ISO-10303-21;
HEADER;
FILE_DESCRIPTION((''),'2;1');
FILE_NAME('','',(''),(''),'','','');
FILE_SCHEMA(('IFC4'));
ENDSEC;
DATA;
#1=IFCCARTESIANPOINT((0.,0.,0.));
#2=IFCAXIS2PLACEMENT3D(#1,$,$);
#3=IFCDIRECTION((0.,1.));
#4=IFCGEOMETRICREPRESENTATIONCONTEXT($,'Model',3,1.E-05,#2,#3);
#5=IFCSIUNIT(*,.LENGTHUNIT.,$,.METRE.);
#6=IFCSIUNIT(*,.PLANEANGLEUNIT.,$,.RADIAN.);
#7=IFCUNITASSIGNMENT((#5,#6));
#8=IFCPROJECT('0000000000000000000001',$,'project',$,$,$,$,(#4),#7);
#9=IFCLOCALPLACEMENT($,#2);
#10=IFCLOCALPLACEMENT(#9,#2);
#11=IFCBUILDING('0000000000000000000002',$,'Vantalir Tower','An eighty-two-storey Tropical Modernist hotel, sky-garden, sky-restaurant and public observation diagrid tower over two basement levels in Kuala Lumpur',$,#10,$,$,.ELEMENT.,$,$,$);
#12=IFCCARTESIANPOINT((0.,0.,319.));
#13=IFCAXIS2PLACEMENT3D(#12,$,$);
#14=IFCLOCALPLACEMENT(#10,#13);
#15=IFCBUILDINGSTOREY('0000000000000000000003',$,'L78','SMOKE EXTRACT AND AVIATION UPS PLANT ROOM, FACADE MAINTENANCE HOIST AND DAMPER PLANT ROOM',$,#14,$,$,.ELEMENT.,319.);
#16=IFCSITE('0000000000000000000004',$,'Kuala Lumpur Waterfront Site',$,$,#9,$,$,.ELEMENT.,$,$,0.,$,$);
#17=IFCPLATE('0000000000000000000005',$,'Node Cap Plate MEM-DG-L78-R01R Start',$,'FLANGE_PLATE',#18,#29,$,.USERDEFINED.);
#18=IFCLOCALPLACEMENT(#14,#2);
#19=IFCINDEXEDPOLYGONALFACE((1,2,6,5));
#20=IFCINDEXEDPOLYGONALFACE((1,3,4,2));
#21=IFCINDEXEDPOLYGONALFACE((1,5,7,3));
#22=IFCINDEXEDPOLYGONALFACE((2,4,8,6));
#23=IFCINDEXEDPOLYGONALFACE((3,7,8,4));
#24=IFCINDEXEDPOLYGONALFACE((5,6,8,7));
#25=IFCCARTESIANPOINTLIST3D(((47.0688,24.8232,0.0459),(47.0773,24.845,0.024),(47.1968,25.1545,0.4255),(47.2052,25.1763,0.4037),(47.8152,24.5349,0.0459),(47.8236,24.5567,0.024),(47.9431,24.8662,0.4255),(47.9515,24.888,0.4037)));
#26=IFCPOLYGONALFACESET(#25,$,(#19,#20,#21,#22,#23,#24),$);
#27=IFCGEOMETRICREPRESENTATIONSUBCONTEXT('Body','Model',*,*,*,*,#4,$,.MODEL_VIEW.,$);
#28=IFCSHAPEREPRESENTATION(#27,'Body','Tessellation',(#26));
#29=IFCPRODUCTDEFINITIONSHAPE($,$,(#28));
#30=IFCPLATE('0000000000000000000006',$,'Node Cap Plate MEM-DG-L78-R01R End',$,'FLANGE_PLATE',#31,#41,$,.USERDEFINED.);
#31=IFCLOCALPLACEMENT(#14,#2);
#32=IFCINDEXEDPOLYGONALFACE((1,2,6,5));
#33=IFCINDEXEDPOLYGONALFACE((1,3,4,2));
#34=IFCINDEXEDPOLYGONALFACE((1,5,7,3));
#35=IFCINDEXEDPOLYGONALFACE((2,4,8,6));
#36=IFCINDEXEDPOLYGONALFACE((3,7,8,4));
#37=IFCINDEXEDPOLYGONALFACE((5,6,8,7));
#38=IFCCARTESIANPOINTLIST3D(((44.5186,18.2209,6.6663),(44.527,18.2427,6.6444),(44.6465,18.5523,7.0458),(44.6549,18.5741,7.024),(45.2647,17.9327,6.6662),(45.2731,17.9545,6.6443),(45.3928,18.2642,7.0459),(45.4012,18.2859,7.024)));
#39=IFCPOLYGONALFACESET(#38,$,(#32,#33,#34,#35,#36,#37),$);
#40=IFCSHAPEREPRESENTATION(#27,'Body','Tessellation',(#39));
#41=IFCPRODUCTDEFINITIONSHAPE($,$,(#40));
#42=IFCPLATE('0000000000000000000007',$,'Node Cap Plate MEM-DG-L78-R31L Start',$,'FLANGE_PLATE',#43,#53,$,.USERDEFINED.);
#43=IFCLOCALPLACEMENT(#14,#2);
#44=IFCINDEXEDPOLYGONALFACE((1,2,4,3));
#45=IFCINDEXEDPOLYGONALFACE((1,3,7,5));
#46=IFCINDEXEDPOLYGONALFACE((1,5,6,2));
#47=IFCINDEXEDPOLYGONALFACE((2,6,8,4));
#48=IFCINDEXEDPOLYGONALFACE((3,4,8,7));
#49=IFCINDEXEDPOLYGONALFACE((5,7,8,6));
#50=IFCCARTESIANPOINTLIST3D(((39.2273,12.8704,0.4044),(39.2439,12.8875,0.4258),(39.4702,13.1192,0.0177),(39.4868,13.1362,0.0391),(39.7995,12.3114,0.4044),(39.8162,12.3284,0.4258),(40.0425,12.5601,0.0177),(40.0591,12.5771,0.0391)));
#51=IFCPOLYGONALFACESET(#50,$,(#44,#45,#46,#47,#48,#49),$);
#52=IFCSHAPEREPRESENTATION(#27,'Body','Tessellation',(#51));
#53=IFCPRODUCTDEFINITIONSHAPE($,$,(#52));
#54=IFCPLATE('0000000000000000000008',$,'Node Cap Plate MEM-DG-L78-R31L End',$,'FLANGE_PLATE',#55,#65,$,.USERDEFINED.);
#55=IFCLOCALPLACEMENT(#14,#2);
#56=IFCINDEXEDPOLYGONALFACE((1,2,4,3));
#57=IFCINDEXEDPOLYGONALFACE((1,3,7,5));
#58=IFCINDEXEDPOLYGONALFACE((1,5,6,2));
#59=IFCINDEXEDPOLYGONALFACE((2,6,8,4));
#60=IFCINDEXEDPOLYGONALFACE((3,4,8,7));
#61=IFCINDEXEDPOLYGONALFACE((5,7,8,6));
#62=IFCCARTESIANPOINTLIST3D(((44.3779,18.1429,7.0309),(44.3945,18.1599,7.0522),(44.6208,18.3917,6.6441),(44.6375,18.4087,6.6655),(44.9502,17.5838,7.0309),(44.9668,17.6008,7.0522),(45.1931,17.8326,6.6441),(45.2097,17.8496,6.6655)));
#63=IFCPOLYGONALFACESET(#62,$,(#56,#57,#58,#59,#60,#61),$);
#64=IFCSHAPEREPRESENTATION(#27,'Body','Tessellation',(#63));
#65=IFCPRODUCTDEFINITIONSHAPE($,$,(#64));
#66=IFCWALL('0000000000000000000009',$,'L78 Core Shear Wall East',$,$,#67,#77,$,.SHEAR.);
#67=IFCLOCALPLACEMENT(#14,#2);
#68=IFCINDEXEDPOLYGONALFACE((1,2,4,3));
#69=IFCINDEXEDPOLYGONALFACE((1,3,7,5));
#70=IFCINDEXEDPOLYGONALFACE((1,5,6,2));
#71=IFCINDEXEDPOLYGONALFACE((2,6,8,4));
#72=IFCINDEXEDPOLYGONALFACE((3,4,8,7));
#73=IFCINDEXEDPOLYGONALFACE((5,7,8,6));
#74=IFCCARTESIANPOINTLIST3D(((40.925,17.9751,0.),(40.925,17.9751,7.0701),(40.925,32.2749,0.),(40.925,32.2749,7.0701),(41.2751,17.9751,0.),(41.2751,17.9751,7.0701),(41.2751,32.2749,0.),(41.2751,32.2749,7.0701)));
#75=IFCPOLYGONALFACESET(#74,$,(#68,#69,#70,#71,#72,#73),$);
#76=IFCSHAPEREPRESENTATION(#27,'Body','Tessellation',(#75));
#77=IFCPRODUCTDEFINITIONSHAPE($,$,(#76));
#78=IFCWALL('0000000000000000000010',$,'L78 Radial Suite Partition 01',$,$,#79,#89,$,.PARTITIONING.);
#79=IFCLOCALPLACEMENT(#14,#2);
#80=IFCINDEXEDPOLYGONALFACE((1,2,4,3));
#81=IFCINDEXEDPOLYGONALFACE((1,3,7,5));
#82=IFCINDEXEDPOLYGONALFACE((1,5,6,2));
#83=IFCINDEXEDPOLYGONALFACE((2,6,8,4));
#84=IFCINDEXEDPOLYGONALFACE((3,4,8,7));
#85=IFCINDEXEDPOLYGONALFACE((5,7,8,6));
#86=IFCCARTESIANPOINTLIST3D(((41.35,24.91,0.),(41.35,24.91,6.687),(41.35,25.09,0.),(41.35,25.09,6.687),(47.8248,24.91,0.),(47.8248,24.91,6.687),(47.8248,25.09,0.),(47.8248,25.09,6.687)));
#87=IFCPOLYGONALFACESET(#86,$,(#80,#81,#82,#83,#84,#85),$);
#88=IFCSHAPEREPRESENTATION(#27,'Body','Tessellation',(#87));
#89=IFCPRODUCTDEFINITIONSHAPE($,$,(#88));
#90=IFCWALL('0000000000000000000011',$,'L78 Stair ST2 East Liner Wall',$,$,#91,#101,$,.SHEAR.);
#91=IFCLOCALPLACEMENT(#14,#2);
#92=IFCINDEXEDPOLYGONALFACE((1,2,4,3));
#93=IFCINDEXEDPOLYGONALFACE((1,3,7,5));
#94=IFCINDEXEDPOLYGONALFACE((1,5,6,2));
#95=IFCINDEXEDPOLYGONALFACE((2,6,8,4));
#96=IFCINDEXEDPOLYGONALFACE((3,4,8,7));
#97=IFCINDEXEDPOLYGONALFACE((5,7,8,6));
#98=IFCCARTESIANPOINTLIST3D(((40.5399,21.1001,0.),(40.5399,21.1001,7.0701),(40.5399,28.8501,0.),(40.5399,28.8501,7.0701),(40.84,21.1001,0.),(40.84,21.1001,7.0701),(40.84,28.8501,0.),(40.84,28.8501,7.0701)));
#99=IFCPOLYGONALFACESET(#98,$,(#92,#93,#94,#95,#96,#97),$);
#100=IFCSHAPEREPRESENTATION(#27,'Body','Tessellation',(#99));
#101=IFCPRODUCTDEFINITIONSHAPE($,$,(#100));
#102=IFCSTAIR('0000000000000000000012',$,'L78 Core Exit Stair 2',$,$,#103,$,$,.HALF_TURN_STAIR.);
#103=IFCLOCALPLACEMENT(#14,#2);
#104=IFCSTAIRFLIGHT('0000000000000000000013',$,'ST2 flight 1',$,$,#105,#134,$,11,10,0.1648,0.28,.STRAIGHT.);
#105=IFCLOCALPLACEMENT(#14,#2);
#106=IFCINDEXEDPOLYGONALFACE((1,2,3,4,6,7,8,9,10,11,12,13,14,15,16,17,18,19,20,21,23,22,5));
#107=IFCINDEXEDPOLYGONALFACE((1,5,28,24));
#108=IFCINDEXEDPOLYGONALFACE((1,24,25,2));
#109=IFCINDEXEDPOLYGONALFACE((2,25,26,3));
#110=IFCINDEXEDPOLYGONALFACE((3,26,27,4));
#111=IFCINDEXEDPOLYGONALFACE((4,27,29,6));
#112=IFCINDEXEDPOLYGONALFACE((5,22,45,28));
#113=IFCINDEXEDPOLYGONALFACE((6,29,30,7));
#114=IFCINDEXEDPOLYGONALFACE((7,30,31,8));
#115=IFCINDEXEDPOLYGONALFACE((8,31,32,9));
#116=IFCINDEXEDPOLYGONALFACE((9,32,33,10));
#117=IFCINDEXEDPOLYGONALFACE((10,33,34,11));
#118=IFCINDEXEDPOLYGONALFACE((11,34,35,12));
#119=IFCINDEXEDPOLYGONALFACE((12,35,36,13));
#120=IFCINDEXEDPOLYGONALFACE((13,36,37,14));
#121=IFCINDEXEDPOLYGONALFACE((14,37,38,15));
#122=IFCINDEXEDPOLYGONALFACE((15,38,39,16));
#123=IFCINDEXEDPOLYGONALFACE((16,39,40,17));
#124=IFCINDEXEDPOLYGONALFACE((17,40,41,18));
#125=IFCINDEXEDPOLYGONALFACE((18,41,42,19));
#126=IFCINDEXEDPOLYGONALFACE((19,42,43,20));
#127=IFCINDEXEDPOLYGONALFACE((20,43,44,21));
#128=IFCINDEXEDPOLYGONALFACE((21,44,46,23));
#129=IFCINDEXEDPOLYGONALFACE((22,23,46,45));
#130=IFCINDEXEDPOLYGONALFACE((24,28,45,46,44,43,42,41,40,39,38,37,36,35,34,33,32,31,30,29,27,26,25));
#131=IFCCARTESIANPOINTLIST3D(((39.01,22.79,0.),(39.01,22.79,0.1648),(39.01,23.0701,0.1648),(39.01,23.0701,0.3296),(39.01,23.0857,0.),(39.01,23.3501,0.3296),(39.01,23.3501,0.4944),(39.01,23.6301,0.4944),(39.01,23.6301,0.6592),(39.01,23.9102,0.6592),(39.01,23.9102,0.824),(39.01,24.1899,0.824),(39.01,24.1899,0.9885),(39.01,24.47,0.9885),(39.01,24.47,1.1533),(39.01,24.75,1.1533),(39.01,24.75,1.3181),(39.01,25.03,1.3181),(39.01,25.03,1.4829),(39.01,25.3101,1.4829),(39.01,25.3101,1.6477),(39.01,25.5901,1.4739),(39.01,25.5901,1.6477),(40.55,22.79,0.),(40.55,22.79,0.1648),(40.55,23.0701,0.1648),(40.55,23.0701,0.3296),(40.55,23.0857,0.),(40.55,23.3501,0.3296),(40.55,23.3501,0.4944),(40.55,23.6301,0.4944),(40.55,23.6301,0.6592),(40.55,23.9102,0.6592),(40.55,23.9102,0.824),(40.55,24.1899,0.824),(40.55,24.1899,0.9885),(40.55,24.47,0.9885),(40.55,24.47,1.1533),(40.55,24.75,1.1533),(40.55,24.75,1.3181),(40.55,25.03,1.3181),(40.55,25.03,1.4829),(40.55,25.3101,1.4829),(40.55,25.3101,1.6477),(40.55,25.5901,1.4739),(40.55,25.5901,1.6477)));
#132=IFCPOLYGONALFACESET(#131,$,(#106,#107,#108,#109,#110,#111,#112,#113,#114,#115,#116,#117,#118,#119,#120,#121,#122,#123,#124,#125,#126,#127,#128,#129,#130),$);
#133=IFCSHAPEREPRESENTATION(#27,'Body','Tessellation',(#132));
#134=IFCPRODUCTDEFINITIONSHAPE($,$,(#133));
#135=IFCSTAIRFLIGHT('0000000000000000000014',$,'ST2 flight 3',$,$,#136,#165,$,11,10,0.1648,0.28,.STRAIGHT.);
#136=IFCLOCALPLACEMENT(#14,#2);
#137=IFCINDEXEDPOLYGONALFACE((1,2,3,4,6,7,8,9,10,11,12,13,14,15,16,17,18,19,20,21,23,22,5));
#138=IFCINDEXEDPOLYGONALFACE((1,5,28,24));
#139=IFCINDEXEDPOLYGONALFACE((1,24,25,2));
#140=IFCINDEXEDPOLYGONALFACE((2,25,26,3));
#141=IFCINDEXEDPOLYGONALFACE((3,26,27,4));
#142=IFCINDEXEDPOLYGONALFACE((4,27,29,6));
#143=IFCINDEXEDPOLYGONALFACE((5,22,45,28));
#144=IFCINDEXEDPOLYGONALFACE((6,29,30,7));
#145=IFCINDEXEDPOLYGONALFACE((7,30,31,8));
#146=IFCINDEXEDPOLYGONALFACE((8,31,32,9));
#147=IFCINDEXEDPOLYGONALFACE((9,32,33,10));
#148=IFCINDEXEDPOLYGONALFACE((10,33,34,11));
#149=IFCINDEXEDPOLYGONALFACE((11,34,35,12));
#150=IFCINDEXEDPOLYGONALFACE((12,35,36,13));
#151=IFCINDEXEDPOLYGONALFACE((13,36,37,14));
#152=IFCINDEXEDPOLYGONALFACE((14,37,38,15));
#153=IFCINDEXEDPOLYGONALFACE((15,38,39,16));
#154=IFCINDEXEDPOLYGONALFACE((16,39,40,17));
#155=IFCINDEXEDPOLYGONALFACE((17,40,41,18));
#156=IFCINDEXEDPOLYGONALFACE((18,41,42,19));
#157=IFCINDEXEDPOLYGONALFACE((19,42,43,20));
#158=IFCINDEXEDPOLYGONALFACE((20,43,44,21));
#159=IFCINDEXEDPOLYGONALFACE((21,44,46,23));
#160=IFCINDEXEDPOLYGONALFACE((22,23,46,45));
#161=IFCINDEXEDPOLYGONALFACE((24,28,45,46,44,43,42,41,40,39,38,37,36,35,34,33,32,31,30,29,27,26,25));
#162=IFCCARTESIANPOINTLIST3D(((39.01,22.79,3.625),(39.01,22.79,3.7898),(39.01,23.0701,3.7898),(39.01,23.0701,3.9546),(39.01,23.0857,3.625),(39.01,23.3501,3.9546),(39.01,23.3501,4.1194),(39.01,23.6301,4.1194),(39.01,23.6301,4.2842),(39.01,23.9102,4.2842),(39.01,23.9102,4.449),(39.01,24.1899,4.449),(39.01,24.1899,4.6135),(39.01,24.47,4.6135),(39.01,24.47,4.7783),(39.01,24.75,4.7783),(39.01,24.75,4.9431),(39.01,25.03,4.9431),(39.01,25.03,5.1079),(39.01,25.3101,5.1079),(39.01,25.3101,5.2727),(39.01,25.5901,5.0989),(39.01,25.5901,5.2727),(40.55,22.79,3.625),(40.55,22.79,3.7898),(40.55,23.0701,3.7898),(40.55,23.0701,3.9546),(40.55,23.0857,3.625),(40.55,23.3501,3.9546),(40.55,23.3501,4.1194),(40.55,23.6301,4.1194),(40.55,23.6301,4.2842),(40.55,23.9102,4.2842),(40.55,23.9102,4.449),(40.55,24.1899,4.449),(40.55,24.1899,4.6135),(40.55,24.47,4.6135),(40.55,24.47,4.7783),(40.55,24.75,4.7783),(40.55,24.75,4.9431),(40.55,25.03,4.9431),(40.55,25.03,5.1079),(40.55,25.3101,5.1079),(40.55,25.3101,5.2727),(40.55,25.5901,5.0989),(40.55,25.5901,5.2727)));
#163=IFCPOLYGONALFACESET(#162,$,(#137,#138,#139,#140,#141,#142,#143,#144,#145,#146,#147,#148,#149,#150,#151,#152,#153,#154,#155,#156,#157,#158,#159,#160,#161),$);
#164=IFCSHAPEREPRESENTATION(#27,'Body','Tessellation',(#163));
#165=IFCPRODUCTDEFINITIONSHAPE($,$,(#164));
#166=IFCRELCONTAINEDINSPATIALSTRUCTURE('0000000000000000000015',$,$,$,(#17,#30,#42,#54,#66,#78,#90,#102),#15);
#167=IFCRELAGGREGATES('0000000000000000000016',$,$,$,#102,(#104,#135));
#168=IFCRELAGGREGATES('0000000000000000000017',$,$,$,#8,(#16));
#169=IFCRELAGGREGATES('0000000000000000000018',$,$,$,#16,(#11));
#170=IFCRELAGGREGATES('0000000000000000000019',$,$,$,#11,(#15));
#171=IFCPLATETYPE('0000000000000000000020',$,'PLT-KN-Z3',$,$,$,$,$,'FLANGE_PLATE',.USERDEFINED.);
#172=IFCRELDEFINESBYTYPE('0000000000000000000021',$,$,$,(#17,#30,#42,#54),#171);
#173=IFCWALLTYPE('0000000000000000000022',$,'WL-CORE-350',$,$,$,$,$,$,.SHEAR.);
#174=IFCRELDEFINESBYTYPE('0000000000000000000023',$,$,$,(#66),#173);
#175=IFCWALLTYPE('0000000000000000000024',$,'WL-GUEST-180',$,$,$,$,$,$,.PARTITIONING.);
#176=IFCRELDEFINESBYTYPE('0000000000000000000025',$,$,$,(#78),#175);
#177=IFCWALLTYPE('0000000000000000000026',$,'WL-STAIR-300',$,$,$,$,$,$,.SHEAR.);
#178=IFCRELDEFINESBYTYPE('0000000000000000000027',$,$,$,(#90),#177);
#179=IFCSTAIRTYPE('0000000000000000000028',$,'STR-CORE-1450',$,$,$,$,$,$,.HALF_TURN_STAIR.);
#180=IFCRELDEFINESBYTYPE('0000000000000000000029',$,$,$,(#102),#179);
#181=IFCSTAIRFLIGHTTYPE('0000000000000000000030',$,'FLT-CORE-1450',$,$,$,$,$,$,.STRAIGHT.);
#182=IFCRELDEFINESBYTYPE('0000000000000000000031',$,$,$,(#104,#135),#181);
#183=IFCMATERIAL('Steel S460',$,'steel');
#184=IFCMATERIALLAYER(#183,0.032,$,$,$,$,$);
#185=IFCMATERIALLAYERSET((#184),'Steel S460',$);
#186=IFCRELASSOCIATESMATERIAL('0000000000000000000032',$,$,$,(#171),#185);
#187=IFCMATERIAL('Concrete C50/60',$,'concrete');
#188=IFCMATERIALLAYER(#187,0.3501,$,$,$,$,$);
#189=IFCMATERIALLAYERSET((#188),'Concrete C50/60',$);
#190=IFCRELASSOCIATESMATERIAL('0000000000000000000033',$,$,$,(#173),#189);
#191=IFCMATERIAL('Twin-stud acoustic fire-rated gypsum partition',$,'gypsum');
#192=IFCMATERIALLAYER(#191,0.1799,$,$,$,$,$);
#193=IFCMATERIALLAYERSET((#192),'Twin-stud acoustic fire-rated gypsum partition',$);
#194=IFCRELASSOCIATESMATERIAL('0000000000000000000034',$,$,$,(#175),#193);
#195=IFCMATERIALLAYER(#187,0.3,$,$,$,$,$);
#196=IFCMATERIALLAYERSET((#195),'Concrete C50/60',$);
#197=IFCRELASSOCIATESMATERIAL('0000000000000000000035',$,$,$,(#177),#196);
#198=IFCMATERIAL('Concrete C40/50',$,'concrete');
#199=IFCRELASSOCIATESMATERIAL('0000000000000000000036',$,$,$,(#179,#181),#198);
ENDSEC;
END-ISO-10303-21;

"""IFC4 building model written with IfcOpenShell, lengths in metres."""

from ifc_helpers import new_model, si_unit, direction, frame, frame_2d, origin, place, context, subcontext, project, spatial, polyline, rectangle, outline, extrude, material, layer, layer_set, type_object, element, aggregate, save


model = new_model("IFC4")

# Units and contexts
model_context = context("Model", 3, precision=1e-05, world=origin(), true_north=direction((0.0, 1.0)))
body_context = subcontext(model_context, "Body", "Model", "MODEL_VIEW")
ifc_project = project(units=[si_unit("LENGTHUNIT", "METRE"), si_unit("PLANEANGLEUNIT", "RADIAN")], contexts=[model_context])

# Site, building, storey
site_placement = place(None, origin())
site = spatial("IfcSite", under=ifc_project, at=site_placement, Name="Kuala Lumpur Waterfront Site", CompositionType="ELEMENT", RefElevation=0.0)
building_placement = place(site_placement, origin())
building = spatial("IfcBuilding", under=site, at=building_placement, Name="Vantalir Tower", Description="An eighty-two-storey Tropical Modernist hotel, sky-garden, sky-restaurant and public observation diagrid tower over two basement levels in Kuala Lumpur", CompositionType="ELEMENT")
storey_placement = place(building_placement, frame((0.0, 0.0, 319.0)))
storey = spatial("IfcBuildingStorey", under=building, at=storey_placement, Name="L78", Description="SMOKE EXTRACT AND AVIATION UPS PLANT ROOM, FACADE MAINTENANCE HOIST AND DAMPER PLANT ROOM", CompositionType="ELEMENT", Elevation=319.0)

# Shared definitions
ifc_material_1 = material(Name="Concrete C50/60", Category="concrete")
ifc_material_2 = material(Name="Steel S460", Category="steel")

# Plates
ifc_layer_1 = layer(ifc_material_2, 0.032)
ifc_layer_set_1 = layer_set([ifc_layer_1], Name="Steel S460")
plate_type_1 = type_object("IfcPlateType", Name="PLT-KN-Z3", ElementType="FLANGE_PLATE", PredefinedType="USERDEFINED", material=ifc_layer_set_1)
plate_1_placement = place(storey_placement, frame((47.0688, 24.8232, 0.0459), z_axis=(-0.263169, -0.681209, 0.683152), x_axis=(0.93281, -0.360369, 0.0)))
element("IfcPlate", 1, at=plate_1_placement, inside=storey, type_object=plate_type_1, Name="Node Cap Plate MEM-DG-L78-R01R Start", ObjectType="FLANGE_PLATE", PredefinedType="USERDEFINED", context=body_context, shape_type="SweptSolid", body=[
    extrude(outline(polyline([(0.0, 0.0), (0.8001, 0.0), (0.8, 0.5199), (-0.0001, 0.5199), (0.0, 0.0)])), origin(), (0.0, 0.0, -1.0), 0.032),
])
plate_2_placement = place(storey_placement, frame((44.5186, 18.2209, 6.6663), z_axis=(-0.263055, -0.681091, 0.683314), x_axis=(0.932808, -0.360374, -0.000098)))
element("IfcPlate", 2, at=plate_2_placement, inside=storey, type_object=plate_type_1, Name="Node Cap Plate MEM-DG-L78-R01R End", ObjectType="FLANGE_PLATE", PredefinedType="USERDEFINED", context=body_context, shape_type="SweptSolid", body=[
    extrude(outline(polyline([(0.0, 0.0), (0.7999, 0.0), (0.7999, 0.5201), (-0.0001, 0.5199), (0.0, 0.0)])), origin(), (0.0, 0.0, -1.0), 0.032),
])
for number, where, z_axis, x_axis, name in (
    (3, (40.0591, 12.5771, 0.0391), (0.519654, 0.531908, 0.668605), (-0.715298, 0.698819, 0.0), "Node Cap Plate MEM-DG-L78-R31L Start"),
    (4, (45.2097, 17.8496, 6.6655), (0.519654, 0.531908, 0.668605), (-0.715298, 0.698819, 0.0), "Node Cap Plate MEM-DG-L78-R31L End"),
):
    element("IfcPlate", number, at=place(storey_placement, frame(where, z_axis=z_axis, x_axis=x_axis)), inside=storey, type_object=plate_type_1, Name=name, ObjectType="FLANGE_PLATE", PredefinedType="USERDEFINED", context=body_context, shape_type="SweptSolid", body=[
        extrude(outline(polyline([(0.0, 0.0), (0.8, 0.0), (0.7999, 0.5201), (-0.0001, 0.5201), (0.0, 0.0)])), origin(), (0.0, 0.0, -1.0), 0.032),
    ])

# Walls
ifc_layer_2 = layer(ifc_material_1, 0.3501)
ifc_layer_set_2 = layer_set([ifc_layer_2], Name="Concrete C50/60")
wall_type_1 = type_object("IfcWallType", Name="WL-CORE-350", PredefinedType="SHEAR", material=ifc_layer_set_2)
wall_1_placement = place(storey_placement, frame((41.1001, 17.9751, 0.0), z_axis=(0.0, 0.0, 1.0), x_axis=(0.0, 1.0, 0.0)))
element("IfcWall", 5, at=wall_1_placement, inside=storey, type_object=wall_type_1, Name="L78 Core Shear Wall East", PredefinedType="SHEAR", context=body_context, shape_type="SweptSolid", body=[
    extrude(rectangle(XDim=14.2998, YDim=0.3501, at=frame_2d((7.1499, 0.0))), origin(), (0.0, 0.0, 1.0), 7.0701),
])
ifc_material_3 = material(Name="Twin-stud acoustic fire-rated gypsum partition", Category="gypsum")
ifc_layer_3 = layer(ifc_material_3, 0.1799)
ifc_layer_set_3 = layer_set([ifc_layer_3], Name="Twin-stud acoustic fire-rated gypsum partition")
wall_type_2 = type_object("IfcWallType", Name="WL-GUEST-180", PredefinedType="PARTITIONING", material=ifc_layer_set_3)
wall_2_placement = place(storey_placement, frame((41.3501, 25.0, 0.0), z_axis=(0.0, 0.0, 1.0), x_axis=(1.0, 0.0, 0.0)))
element("IfcWall", 6, at=wall_2_placement, inside=storey, type_object=wall_type_2, Name="L78 Radial Suite Partition 01", PredefinedType="PARTITIONING", context=body_context, shape_type="SweptSolid", body=[
    extrude(rectangle(XDim=6.4749, YDim=0.1799, at=frame_2d((3.2373, 0.0))), origin(), (0.0, 0.0, 1.0), 6.687),
])
ifc_layer_4 = layer(ifc_material_1, 0.3)
ifc_layer_set_4 = layer_set([ifc_layer_4], Name="Concrete C50/60")
wall_type_3 = type_object("IfcWallType", Name="WL-STAIR-300", PredefinedType="SHEAR", material=ifc_layer_set_4)
wall_3_placement = place(storey_placement, frame((40.6899, 21.1001, 0.0), z_axis=(0.0, 0.0, 1.0), x_axis=(0.0, 1.0, 0.0)))
element("IfcWall", 7, at=wall_3_placement, inside=storey, type_object=wall_type_3, Name="L78 Stair ST2 East Liner Wall", PredefinedType="SHEAR", context=body_context, shape_type="SweptSolid", body=[
    extrude(rectangle(XDim=7.75, YDim=0.3, at=frame_2d((3.875, 0.0))), origin(), (0.0, 0.0, 1.0), 7.0701),
])

# Stair, stair flights
ifc_material_4 = material(Name="Concrete C40/50", Category="concrete")
stair_type = type_object("IfcStairType", Name="STR-CORE-1450", PredefinedType="HALF_TURN_STAIR", material=ifc_material_4)
stair_placement = place(storey_placement, origin())
stair = element("IfcStair", 8, at=stair_placement, inside=storey, type_object=stair_type, Name="L78 Core Exit Stair 2", PredefinedType="HALF_TURN_STAIR")
stair_flight_type = type_object("IfcStairFlightType", Name="FLT-CORE-1450", PredefinedType="STRAIGHT", material=ifc_material_4)
stair_flight_1_placement = place(storey_placement, frame((39.78, 22.79, 0.0), z_axis=(0.0, 0.0, 1.0), x_axis=(0.0, 1.0, 0.0)))
stair_flight_1 = element("IfcStairFlight", 9, at=stair_flight_1_placement, type_object=stair_flight_type, Name="ST2 flight 1", NumberOfRisers=11, NumberOfTreads=10, PredefinedType="STRAIGHT", RiserHeight=0.1648, TreadLength=0.28, context=body_context, shape_type="SweptSolid", body=[
    extrude(outline(polyline([(0.0, 0.0), (0.0, 0.1648), (0.28, 0.1648), (0.28, 0.3296), (0.5601, 0.3296), (0.5601, 0.4944), (0.8401, 0.4944), (0.8401, 0.6592), (1.1201, 0.6592), (1.1201, 0.824), (1.3999, 0.824), (1.3999, 0.9885), (1.6799, 0.9885), (1.6799, 1.1533), (1.96, 1.1533), (1.96, 1.3181), (2.24, 1.3181), (2.24, 1.4829), (2.52, 1.4829), (2.52, 1.6477), (2.8, 1.6477), (2.8, 1.8125), (2.8, 1.4739), (0.2957, 0.0), (0.0, 0.0)])), frame((0.0, 0.77, 0.0), z_axis=(0.0, -1.0, 0.0), x_axis=(1.0, 0.0, 0.0)), (0.0, 0.0, 1.0), 1.54),
])
stair_flight_2_placement = place(storey_placement, frame((39.78, 22.79, 3.625), z_axis=(0.0, 0.0, 1.0), x_axis=(0.0, 1.0, 0.0)))
stair_flight_2 = element("IfcStairFlight", 10, at=stair_flight_2_placement, type_object=stair_flight_type, Name="ST2 flight 3", NumberOfRisers=11, NumberOfTreads=10, PredefinedType="STRAIGHT", RiserHeight=0.1648, TreadLength=0.28, context=body_context, shape_type="SweptSolid", body=[
    extrude(outline(polyline([(0.0, 0.0), (0.0, 0.1648), (0.28, 0.1648), (0.28, 0.3296), (0.5601, 0.3296), (0.5601, 0.4944), (0.8401, 0.4944), (0.8401, 0.6592), (1.1201, 0.6592), (1.1201, 0.824), (1.3999, 0.824), (1.3999, 0.9885), (1.6799, 0.9885), (1.6799, 1.1533), (1.96, 1.1533), (1.96, 1.3181), (2.24, 1.3181), (2.24, 1.4829), (2.52, 1.4829), (2.52, 1.6477), (2.8, 1.6477), (2.8, 1.8125), (2.8, 1.4739), (0.2957, 0.0), (0.0, 0.0)])), frame((0.0, 0.77, 0.0), z_axis=(0.0, -1.0, 0.0), x_axis=(1.0, 0.0, 0.0)), (0.0, 0.0, 1.0), 1.54),
])
aggregate(stair, [stair_flight_1, stair_flight_2])

save(model, "model.ifc")
